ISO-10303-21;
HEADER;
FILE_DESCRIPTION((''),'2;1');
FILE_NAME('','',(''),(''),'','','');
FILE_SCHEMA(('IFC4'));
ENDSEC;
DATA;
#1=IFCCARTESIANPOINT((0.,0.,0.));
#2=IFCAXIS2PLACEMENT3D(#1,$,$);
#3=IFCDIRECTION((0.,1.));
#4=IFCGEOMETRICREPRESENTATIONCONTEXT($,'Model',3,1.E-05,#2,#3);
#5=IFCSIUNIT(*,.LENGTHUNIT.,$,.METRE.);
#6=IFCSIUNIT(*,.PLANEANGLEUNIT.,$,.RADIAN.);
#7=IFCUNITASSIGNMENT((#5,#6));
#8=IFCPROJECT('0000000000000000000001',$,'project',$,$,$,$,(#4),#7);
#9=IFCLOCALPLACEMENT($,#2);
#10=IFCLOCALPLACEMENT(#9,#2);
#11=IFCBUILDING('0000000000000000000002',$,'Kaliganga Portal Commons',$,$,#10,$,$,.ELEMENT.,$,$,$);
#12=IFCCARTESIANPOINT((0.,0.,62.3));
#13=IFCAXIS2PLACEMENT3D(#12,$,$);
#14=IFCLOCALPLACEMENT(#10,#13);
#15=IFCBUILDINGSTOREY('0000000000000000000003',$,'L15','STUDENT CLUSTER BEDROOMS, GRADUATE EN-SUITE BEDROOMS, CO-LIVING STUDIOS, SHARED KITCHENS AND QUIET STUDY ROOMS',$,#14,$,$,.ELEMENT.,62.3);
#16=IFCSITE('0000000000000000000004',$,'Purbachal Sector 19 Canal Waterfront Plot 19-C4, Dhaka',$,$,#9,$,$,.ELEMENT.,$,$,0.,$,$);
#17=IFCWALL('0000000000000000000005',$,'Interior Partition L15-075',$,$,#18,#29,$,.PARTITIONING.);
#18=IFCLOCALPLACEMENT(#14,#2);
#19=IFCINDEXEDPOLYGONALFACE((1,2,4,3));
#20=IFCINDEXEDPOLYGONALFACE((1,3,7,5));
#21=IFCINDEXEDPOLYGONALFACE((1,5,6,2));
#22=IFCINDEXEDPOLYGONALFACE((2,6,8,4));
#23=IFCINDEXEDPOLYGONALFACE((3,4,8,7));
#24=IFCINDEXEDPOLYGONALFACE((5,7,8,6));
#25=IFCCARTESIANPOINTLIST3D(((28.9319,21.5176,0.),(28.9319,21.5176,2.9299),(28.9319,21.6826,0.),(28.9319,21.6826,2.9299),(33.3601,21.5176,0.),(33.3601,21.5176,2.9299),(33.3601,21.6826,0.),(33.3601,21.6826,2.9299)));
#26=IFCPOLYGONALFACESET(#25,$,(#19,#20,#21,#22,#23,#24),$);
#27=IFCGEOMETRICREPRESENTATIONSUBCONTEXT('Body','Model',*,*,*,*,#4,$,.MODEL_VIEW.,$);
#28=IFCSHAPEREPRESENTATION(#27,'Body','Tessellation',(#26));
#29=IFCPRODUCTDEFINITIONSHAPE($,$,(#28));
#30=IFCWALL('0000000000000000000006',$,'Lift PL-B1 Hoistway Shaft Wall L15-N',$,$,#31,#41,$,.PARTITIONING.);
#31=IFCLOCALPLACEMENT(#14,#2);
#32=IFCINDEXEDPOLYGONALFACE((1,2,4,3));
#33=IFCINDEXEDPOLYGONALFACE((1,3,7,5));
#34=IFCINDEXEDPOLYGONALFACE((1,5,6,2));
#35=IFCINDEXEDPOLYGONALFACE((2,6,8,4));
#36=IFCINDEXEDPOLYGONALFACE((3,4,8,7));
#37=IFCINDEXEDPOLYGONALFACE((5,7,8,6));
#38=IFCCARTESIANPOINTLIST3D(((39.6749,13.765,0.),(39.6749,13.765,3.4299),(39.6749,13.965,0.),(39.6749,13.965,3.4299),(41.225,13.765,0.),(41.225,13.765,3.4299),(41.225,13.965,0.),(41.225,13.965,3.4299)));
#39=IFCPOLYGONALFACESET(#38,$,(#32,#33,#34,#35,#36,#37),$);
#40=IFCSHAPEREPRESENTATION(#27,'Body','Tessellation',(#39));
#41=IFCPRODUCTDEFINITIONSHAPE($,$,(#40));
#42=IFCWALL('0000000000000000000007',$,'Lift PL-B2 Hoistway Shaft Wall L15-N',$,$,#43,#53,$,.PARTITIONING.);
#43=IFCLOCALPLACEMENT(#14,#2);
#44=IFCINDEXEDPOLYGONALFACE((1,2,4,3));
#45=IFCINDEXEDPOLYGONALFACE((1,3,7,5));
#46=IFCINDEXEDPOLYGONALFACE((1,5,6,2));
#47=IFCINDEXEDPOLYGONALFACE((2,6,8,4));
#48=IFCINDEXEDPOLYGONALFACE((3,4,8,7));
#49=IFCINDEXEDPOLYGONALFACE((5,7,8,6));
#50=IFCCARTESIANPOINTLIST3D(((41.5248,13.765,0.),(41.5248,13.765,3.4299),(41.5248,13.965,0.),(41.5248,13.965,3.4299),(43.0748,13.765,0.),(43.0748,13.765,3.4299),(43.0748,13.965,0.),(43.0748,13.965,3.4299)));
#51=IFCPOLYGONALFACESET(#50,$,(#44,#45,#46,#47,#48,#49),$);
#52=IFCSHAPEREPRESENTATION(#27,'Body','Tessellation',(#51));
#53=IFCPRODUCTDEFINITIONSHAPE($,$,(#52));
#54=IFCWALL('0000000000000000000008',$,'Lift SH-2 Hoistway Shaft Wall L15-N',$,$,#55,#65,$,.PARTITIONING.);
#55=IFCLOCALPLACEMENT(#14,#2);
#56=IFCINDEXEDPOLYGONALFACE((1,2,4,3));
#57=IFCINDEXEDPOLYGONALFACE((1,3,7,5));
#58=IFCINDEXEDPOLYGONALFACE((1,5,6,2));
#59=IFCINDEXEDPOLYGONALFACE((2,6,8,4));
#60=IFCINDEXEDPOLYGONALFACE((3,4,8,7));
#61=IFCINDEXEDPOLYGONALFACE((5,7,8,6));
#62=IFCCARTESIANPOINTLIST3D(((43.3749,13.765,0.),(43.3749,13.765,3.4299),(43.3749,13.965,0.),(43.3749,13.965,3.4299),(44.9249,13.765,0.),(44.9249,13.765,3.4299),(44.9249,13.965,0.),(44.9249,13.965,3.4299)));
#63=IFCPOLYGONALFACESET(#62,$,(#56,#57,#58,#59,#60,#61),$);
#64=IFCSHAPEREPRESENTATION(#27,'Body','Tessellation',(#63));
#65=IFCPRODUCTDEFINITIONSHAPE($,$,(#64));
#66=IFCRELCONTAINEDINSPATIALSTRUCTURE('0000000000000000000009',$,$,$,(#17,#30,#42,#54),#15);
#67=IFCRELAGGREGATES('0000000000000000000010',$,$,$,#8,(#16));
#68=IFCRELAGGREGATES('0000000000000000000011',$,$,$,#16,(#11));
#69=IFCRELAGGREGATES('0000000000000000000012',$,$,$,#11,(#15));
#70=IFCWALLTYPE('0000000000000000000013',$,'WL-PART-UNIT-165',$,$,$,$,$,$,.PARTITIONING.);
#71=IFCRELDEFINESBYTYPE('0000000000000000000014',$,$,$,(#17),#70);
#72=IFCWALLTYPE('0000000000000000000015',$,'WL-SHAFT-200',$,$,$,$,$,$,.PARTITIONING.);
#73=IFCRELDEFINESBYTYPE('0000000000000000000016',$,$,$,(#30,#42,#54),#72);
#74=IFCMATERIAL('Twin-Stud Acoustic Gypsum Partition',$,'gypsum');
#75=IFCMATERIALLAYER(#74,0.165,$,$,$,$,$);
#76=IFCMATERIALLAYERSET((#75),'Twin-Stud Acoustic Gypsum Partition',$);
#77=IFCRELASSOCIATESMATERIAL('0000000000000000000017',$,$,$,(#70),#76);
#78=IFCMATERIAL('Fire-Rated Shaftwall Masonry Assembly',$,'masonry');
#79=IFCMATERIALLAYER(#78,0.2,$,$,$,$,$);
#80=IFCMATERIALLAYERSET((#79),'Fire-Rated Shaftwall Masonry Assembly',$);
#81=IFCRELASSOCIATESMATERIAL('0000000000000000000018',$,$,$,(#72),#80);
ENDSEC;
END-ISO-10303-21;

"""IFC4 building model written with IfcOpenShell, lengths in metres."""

from ifc_helpers import new_model, si_unit, direction, frame, frame_2d, origin, place, context, subcontext, project, spatial, rectangle, extrude, material, layer, layer_set, type_object, element, save


model = new_model("IFC4")

# Units and contexts
model_context = context("Model", 3, precision=1e-05, world=origin(), true_north=direction((0.0, 1.0)))
body_context = subcontext(model_context, "Body", "Model", "MODEL_VIEW")
ifc_project = project(units=[si_unit("LENGTHUNIT", "METRE"), si_unit("PLANEANGLEUNIT", "RADIAN")], contexts=[model_context])

# Site, building, storey
site_placement = place(None, origin())
site = spatial("IfcSite", under=ifc_project, at=site_placement, Name="Purbachal Sector 19 Canal Waterfront Plot 19-C4, Dhaka", CompositionType="ELEMENT", RefElevation=0.0)
building_placement = place(site_placement, origin())
building = spatial("IfcBuilding", under=site, at=building_placement, Name="Kaliganga Portal Commons", CompositionType="ELEMENT")
storey_placement = place(building_placement, frame((0.0, 0.0, 62.3)))
storey = spatial("IfcBuildingStorey", under=building, at=storey_placement, Name="L15", Description="STUDENT CLUSTER BEDROOMS, GRADUATE EN-SUITE BEDROOMS, CO-LIVING STUDIOS, SHARED KITCHENS AND QUIET STUDY ROOMS", CompositionType="ELEMENT", Elevation=62.3)

# Walls
ifc_material_1 = material(Name="Twin-Stud Acoustic Gypsum Partition", Category="gypsum")
ifc_layer_1 = layer(ifc_material_1, 0.165)
ifc_layer_set_1 = layer_set([ifc_layer_1], Name="Twin-Stud Acoustic Gypsum Partition")
wall_type_1 = type_object("IfcWallType", Name="WL-PART-UNIT-165", PredefinedType="PARTITIONING", material=ifc_layer_set_1)
wall_1_placement = place(storey_placement, frame((28.9319, 21.6001, 0.0), z_axis=(0.0, 0.0, 1.0), x_axis=(1.0, 0.0, 0.0)))
element("IfcWall", 1, at=wall_1_placement, inside=storey, type_object=wall_type_1, Name="Interior Partition L15-075", PredefinedType="PARTITIONING", context=body_context, shape_type="SweptSolid", body=[
    extrude(rectangle(XDim=4.4282, YDim=0.165, at=frame_2d((2.2141, 0.0))), origin(), (0.0, 0.0, 1.0), 2.9299),
])
ifc_material_2 = material(Name="Fire-Rated Shaftwall Masonry Assembly", Category="masonry")
ifc_layer_2 = layer(ifc_material_2, 0.2)
ifc_layer_set_2 = layer_set([ifc_layer_2], Name="Fire-Rated Shaftwall Masonry Assembly")
wall_type_2 = type_object("IfcWallType", Name="WL-SHAFT-200", PredefinedType="PARTITIONING", material=ifc_layer_set_2)
for number, where, z_axis, x_axis, name in (
    (2, (39.675, 13.865, 0.0), (0.0, 0.0, 1.0), (1.0, 0.0, 0.0), "Lift PL-B1 Hoistway Shaft Wall L15-N"),
    (3, (41.5249, 13.865, 0.0), (0.0, 0.0, 1.0), (1.0, 0.0, 0.0), "Lift PL-B2 Hoistway Shaft Wall L15-N"),
    (4, (43.375, 13.865, 0.0), (0.0, 0.0, 1.0), (1.0, 0.0, 0.0), "Lift SH-2 Hoistway Shaft Wall L15-N"),
):
    element("IfcWall", number, at=place(storey_placement, frame(where, z_axis=z_axis, x_axis=x_axis)), inside=storey, type_object=wall_type_2, Name=name, PredefinedType="PARTITIONING", context=body_context, shape_type="SweptSolid", body=[
        extrude(rectangle(XDim=1.55, YDim=0.2, at=frame_2d((0.7749, 0.0))), origin(), (0.0, 0.0, 1.0), 3.4299),
    ])

save(model, "model.ifc")
